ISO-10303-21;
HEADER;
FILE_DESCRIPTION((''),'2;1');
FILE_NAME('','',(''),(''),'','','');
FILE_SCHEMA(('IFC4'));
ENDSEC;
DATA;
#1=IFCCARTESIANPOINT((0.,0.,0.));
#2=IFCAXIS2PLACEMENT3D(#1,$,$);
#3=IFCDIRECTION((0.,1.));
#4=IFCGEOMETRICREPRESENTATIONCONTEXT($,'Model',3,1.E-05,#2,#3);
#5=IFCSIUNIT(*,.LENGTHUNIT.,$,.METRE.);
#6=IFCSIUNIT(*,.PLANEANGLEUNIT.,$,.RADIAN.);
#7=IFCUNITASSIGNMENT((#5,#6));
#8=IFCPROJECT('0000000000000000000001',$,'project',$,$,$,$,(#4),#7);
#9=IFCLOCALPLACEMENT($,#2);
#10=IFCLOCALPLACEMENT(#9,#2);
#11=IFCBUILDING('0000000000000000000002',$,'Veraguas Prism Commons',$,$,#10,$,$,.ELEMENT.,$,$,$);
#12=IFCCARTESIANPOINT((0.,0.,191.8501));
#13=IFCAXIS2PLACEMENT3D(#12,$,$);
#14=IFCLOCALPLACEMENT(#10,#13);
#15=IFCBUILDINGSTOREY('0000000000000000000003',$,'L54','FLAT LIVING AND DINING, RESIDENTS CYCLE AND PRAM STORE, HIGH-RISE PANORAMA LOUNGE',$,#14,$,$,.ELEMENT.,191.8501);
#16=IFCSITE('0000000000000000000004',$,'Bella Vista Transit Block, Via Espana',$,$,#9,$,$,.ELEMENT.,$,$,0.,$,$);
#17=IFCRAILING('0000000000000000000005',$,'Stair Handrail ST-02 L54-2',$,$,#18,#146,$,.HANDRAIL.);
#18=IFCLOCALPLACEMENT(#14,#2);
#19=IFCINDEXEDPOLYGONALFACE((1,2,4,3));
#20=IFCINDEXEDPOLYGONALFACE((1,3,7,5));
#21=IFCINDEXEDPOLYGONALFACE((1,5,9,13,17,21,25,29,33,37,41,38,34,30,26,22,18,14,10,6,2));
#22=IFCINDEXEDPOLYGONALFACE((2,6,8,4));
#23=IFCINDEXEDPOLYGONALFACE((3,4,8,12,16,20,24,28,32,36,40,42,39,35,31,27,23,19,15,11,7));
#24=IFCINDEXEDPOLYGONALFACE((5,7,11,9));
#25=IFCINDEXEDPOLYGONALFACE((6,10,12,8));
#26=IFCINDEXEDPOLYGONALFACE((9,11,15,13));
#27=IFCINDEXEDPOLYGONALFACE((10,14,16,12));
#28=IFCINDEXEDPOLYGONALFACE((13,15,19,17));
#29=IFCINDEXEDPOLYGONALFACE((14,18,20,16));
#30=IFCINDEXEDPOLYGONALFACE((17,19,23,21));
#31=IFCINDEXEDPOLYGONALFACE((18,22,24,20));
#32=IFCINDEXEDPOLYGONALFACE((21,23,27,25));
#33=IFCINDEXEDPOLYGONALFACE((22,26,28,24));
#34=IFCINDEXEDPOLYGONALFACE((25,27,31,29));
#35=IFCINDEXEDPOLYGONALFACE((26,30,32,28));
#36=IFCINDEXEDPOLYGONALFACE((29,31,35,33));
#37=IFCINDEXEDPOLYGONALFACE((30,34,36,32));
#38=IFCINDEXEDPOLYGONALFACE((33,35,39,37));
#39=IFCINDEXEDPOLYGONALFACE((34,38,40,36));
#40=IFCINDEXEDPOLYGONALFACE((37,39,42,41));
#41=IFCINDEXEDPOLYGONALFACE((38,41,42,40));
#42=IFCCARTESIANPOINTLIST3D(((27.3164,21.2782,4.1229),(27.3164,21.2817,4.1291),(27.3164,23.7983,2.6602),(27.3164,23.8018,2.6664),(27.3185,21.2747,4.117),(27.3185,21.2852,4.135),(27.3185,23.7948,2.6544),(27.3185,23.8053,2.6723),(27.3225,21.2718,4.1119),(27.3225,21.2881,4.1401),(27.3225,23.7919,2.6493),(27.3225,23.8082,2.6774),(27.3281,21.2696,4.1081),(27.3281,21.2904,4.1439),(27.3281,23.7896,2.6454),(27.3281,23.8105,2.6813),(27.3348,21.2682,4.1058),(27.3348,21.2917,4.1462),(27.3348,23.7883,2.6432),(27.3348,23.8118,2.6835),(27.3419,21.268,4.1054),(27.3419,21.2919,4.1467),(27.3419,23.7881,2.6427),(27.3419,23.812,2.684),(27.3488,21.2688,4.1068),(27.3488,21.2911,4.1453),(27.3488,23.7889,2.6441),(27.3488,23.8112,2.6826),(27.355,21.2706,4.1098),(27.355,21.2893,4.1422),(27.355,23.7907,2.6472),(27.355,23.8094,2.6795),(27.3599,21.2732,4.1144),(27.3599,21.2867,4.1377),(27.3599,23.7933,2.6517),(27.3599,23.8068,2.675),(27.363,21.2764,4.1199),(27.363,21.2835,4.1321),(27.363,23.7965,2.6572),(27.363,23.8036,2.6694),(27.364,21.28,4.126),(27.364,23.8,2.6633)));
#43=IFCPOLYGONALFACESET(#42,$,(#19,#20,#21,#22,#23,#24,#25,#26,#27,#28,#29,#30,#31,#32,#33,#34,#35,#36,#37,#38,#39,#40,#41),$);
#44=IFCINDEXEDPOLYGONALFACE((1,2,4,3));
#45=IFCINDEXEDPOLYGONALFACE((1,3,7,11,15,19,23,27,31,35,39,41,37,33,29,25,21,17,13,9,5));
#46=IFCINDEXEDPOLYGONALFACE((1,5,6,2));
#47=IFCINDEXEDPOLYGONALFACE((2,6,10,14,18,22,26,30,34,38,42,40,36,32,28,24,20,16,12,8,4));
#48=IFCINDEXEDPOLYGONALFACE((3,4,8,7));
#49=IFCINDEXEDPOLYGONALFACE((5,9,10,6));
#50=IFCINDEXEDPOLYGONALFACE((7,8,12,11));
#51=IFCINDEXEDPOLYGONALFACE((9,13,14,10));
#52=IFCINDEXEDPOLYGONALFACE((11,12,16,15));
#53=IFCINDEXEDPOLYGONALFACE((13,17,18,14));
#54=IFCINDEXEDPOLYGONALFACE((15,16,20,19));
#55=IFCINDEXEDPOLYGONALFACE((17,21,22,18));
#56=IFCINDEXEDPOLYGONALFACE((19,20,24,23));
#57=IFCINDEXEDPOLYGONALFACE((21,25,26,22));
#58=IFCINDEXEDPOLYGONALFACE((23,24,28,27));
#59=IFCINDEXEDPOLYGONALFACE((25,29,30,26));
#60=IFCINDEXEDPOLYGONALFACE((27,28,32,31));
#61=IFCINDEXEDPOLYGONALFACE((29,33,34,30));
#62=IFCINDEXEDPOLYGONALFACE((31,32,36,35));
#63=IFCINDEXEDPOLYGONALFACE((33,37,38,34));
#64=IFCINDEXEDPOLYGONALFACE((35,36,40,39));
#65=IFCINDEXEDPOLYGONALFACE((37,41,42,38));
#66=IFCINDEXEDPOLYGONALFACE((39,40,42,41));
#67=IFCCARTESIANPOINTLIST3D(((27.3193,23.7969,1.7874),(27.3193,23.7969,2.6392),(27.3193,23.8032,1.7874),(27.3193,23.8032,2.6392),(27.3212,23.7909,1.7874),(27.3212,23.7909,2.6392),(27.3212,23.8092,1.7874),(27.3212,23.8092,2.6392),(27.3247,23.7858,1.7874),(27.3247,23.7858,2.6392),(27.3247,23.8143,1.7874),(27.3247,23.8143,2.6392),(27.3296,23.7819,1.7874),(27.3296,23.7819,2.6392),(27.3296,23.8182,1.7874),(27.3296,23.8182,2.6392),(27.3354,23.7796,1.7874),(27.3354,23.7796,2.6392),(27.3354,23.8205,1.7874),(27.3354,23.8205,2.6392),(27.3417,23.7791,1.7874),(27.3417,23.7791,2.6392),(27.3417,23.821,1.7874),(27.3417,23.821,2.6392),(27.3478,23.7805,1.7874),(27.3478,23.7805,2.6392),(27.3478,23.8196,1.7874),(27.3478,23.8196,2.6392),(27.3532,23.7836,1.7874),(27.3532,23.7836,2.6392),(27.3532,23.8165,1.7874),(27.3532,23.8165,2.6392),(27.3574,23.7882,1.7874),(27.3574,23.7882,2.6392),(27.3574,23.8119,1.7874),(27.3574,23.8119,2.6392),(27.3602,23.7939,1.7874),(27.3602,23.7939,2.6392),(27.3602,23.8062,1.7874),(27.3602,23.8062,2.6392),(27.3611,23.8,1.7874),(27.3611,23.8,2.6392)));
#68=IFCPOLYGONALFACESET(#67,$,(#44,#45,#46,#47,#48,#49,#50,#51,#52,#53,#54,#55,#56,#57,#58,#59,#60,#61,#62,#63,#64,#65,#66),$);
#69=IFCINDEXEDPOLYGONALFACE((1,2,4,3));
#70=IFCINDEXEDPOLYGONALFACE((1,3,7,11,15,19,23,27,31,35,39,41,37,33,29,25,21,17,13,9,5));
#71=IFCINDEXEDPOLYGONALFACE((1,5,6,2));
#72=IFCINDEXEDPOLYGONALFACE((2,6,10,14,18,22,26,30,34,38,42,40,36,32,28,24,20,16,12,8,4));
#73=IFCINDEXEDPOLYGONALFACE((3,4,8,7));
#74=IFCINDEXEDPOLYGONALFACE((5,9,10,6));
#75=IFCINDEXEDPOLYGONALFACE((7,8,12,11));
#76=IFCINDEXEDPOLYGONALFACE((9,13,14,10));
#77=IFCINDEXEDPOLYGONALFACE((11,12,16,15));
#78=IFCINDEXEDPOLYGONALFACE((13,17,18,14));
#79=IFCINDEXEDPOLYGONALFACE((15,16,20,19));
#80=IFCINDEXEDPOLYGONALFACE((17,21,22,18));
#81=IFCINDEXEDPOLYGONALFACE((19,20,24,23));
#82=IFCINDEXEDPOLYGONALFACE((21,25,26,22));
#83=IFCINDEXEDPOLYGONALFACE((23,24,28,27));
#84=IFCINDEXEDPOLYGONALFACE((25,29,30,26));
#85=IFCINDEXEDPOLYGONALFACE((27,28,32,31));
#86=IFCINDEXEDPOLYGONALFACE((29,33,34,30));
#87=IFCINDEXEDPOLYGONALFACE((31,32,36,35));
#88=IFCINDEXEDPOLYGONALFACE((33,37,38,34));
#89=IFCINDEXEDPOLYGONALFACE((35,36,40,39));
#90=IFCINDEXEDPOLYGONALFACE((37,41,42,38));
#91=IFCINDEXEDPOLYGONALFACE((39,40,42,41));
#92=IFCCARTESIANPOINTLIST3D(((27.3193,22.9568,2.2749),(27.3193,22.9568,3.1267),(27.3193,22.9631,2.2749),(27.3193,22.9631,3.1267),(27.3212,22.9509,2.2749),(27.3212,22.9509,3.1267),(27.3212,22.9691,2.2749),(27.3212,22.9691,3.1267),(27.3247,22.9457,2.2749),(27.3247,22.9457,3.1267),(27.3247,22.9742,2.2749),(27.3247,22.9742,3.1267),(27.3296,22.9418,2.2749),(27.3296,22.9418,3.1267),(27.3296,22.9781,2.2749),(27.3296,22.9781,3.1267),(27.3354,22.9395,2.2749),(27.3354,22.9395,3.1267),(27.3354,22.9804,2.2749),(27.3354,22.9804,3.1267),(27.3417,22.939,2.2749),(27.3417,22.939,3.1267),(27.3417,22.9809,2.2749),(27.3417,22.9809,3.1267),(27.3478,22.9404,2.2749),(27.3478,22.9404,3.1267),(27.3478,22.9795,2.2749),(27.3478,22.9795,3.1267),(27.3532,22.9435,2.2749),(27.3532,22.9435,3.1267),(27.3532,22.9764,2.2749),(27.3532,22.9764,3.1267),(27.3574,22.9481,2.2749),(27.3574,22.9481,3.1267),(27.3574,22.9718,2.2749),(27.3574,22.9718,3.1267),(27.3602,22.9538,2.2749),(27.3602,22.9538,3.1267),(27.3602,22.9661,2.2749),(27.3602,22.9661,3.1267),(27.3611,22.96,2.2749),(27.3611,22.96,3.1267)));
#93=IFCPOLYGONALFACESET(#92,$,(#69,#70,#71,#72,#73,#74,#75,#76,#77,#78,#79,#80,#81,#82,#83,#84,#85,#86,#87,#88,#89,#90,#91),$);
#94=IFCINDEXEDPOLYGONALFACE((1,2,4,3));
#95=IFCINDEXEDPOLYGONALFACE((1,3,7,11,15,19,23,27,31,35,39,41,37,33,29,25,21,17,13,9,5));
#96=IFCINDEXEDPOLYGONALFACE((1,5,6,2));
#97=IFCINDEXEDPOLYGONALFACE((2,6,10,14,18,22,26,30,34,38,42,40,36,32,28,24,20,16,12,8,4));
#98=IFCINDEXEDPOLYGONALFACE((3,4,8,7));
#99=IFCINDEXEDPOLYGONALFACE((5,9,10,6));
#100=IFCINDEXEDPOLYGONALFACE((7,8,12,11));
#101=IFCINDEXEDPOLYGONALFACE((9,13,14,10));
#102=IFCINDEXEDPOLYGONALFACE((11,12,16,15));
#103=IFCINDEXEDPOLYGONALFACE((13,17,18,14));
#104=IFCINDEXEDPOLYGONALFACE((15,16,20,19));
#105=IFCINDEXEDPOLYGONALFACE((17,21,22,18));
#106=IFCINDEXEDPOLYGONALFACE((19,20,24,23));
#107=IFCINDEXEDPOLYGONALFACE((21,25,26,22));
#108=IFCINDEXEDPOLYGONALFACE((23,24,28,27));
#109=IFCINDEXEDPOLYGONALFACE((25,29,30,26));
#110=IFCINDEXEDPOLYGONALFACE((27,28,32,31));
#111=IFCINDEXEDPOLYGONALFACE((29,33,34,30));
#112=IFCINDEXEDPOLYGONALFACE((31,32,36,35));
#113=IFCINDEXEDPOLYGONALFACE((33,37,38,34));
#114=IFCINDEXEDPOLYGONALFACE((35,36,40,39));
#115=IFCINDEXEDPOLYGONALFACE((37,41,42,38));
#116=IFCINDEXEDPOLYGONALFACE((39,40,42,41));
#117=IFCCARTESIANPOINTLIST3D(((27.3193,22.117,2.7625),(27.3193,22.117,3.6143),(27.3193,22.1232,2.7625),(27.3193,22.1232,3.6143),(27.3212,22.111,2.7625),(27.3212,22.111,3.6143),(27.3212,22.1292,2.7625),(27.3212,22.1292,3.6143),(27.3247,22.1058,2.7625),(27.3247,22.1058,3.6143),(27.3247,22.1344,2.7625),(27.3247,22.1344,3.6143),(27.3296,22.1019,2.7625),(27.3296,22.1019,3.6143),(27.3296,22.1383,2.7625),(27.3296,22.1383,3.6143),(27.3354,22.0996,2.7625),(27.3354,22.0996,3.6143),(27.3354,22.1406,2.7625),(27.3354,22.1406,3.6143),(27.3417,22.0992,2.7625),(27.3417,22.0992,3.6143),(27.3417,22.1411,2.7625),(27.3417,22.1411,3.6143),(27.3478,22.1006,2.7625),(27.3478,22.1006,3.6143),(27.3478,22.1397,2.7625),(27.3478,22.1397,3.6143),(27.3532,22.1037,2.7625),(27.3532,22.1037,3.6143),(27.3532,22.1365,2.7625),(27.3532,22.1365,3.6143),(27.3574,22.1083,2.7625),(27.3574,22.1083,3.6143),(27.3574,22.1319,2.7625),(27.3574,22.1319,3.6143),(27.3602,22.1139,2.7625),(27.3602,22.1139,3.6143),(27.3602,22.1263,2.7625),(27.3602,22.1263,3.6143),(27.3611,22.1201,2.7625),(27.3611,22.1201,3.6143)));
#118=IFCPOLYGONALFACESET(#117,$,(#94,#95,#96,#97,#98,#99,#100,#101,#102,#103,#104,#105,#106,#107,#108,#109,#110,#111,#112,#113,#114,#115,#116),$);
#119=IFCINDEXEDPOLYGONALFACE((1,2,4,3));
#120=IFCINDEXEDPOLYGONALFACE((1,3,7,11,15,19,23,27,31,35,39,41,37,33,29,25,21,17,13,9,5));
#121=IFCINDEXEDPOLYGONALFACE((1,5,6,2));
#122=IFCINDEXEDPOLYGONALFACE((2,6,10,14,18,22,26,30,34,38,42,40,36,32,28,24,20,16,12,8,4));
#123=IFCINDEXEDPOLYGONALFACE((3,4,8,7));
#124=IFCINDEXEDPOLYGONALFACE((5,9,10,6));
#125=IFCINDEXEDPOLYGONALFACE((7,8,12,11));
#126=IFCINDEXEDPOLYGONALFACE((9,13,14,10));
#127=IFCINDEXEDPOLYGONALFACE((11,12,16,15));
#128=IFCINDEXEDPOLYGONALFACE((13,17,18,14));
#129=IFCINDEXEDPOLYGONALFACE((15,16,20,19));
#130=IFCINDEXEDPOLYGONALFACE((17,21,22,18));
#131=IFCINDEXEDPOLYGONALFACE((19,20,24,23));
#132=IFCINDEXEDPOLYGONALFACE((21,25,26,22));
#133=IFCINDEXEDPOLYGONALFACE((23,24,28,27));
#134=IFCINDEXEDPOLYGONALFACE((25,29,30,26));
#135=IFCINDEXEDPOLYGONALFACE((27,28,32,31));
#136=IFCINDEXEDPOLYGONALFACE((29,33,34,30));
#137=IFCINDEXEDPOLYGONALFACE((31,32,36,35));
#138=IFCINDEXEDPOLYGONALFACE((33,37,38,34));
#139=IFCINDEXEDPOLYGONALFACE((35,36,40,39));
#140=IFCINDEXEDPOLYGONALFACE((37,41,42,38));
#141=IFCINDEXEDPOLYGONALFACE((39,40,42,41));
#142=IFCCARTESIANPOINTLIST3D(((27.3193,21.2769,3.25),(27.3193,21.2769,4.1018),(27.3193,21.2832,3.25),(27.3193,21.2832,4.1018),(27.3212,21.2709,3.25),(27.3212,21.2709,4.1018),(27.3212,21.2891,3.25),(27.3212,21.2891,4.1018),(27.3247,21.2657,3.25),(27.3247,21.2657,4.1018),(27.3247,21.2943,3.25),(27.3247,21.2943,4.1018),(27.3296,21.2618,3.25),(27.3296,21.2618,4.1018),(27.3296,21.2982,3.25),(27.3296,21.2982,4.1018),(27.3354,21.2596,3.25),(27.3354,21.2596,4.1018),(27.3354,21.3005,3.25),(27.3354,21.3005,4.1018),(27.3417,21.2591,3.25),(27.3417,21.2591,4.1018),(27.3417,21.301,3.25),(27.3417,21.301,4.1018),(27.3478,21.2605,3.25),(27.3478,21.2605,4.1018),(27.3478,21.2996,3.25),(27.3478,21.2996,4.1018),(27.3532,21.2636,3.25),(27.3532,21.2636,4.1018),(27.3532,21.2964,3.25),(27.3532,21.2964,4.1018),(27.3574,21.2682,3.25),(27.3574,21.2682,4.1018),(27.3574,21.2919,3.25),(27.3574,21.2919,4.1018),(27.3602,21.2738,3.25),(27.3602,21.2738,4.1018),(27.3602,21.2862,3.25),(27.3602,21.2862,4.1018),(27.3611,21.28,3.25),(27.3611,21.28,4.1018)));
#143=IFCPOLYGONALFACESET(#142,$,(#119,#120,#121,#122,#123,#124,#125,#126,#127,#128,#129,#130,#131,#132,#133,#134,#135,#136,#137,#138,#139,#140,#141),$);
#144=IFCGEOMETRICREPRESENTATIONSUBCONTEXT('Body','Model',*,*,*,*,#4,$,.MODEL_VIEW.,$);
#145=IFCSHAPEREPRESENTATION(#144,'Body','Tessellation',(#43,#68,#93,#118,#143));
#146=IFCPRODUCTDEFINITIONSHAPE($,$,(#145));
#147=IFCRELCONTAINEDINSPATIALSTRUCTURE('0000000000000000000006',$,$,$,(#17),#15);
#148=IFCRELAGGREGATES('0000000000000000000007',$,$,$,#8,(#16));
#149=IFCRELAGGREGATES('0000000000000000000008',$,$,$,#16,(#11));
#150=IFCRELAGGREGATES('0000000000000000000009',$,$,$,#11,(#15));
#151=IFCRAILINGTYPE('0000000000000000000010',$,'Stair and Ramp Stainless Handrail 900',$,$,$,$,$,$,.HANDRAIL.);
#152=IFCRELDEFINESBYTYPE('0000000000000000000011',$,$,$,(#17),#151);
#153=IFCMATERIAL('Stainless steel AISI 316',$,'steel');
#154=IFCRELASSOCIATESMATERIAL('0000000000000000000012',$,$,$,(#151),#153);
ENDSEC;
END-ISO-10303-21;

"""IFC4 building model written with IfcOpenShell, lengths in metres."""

from ifc_helpers import new_model, si_unit, direction, frame, origin, origin_2d, place, context, subcontext, project, spatial, circle, extrude, material, type_object, element, save


model = new_model("IFC4")

# Units and contexts
model_context = context("Model", 3, precision=1e-05, world=origin(), true_north=direction((0.0, 1.0)))
body_context = subcontext(model_context, "Body", "Model", "MODEL_VIEW")
ifc_project = project(units=[si_unit("LENGTHUNIT", "METRE"), si_unit("PLANEANGLEUNIT", "RADIAN")], contexts=[model_context])

# Site, building, storey
site_placement = place(None, origin())
site = spatial("IfcSite", under=ifc_project, at=site_placement, Name="Bella Vista Transit Block, Via Espana", CompositionType="ELEMENT", RefElevation=0.0)
building_placement = place(site_placement, origin())
building = spatial("IfcBuilding", under=site, at=building_placement, Name="Veraguas Prism Commons", CompositionType="ELEMENT")
storey_placement = place(building_placement, frame((0.0, 0.0, 191.8501)))
storey = spatial("IfcBuildingStorey", under=building, at=storey_placement, Name="L54", Description="FLAT LIVING AND DINING, RESIDENTS CYCLE AND PRAM STORE, HIGH-RISE PANORAMA LOUNGE", CompositionType="ELEMENT", Elevation=191.8501)

# Railing
ifc_material_1 = material(Name="Stainless steel AISI 316", Category="steel")
railing_type_1 = type_object("IfcRailingType", Name="Stair and Ramp Stainless Handrail 900", PredefinedType="HANDRAIL", material=ifc_material_1)
railing_1_placement = place(storey_placement, frame((27.3401, 23.8, 1.7874)))
element("IfcRailing", 1, at=railing_1_placement, inside=storey, type_object=railing_type_1, Name="Stair Handrail ST-02 L54-2", PredefinedType="HANDRAIL", context=body_context, shape_type="SweptSolid", body=[
    extrude(circle(Radius=0.0239, at=origin_2d()), frame((0.0, 0.0, 0.876), z_axis=(0.0, -0.864877, 0.501984), x_axis=(1.0, 0.0, 0.0)), (0.0, 0.0, 1.0), 2.9138),
    extrude(circle(Radius=0.021, at=origin_2d()), origin(), (0.0, 0.0, 1.0), 0.8518),
    extrude(circle(Radius=0.021, at=origin_2d()), frame((0.0, -0.8401, 0.4875)), (0.0, 0.0, 1.0), 0.8518),
    extrude(circle(Radius=0.021, at=origin_2d()), frame((0.0, -1.6799, 0.9751)), (0.0, 0.0, 1.0), 0.8518),
    extrude(circle(Radius=0.021, at=origin_2d()), frame((0.0, -2.52, 1.4626)), (0.0, 0.0, 1.0), 0.8518),
])

save(model, "model.ifc")
